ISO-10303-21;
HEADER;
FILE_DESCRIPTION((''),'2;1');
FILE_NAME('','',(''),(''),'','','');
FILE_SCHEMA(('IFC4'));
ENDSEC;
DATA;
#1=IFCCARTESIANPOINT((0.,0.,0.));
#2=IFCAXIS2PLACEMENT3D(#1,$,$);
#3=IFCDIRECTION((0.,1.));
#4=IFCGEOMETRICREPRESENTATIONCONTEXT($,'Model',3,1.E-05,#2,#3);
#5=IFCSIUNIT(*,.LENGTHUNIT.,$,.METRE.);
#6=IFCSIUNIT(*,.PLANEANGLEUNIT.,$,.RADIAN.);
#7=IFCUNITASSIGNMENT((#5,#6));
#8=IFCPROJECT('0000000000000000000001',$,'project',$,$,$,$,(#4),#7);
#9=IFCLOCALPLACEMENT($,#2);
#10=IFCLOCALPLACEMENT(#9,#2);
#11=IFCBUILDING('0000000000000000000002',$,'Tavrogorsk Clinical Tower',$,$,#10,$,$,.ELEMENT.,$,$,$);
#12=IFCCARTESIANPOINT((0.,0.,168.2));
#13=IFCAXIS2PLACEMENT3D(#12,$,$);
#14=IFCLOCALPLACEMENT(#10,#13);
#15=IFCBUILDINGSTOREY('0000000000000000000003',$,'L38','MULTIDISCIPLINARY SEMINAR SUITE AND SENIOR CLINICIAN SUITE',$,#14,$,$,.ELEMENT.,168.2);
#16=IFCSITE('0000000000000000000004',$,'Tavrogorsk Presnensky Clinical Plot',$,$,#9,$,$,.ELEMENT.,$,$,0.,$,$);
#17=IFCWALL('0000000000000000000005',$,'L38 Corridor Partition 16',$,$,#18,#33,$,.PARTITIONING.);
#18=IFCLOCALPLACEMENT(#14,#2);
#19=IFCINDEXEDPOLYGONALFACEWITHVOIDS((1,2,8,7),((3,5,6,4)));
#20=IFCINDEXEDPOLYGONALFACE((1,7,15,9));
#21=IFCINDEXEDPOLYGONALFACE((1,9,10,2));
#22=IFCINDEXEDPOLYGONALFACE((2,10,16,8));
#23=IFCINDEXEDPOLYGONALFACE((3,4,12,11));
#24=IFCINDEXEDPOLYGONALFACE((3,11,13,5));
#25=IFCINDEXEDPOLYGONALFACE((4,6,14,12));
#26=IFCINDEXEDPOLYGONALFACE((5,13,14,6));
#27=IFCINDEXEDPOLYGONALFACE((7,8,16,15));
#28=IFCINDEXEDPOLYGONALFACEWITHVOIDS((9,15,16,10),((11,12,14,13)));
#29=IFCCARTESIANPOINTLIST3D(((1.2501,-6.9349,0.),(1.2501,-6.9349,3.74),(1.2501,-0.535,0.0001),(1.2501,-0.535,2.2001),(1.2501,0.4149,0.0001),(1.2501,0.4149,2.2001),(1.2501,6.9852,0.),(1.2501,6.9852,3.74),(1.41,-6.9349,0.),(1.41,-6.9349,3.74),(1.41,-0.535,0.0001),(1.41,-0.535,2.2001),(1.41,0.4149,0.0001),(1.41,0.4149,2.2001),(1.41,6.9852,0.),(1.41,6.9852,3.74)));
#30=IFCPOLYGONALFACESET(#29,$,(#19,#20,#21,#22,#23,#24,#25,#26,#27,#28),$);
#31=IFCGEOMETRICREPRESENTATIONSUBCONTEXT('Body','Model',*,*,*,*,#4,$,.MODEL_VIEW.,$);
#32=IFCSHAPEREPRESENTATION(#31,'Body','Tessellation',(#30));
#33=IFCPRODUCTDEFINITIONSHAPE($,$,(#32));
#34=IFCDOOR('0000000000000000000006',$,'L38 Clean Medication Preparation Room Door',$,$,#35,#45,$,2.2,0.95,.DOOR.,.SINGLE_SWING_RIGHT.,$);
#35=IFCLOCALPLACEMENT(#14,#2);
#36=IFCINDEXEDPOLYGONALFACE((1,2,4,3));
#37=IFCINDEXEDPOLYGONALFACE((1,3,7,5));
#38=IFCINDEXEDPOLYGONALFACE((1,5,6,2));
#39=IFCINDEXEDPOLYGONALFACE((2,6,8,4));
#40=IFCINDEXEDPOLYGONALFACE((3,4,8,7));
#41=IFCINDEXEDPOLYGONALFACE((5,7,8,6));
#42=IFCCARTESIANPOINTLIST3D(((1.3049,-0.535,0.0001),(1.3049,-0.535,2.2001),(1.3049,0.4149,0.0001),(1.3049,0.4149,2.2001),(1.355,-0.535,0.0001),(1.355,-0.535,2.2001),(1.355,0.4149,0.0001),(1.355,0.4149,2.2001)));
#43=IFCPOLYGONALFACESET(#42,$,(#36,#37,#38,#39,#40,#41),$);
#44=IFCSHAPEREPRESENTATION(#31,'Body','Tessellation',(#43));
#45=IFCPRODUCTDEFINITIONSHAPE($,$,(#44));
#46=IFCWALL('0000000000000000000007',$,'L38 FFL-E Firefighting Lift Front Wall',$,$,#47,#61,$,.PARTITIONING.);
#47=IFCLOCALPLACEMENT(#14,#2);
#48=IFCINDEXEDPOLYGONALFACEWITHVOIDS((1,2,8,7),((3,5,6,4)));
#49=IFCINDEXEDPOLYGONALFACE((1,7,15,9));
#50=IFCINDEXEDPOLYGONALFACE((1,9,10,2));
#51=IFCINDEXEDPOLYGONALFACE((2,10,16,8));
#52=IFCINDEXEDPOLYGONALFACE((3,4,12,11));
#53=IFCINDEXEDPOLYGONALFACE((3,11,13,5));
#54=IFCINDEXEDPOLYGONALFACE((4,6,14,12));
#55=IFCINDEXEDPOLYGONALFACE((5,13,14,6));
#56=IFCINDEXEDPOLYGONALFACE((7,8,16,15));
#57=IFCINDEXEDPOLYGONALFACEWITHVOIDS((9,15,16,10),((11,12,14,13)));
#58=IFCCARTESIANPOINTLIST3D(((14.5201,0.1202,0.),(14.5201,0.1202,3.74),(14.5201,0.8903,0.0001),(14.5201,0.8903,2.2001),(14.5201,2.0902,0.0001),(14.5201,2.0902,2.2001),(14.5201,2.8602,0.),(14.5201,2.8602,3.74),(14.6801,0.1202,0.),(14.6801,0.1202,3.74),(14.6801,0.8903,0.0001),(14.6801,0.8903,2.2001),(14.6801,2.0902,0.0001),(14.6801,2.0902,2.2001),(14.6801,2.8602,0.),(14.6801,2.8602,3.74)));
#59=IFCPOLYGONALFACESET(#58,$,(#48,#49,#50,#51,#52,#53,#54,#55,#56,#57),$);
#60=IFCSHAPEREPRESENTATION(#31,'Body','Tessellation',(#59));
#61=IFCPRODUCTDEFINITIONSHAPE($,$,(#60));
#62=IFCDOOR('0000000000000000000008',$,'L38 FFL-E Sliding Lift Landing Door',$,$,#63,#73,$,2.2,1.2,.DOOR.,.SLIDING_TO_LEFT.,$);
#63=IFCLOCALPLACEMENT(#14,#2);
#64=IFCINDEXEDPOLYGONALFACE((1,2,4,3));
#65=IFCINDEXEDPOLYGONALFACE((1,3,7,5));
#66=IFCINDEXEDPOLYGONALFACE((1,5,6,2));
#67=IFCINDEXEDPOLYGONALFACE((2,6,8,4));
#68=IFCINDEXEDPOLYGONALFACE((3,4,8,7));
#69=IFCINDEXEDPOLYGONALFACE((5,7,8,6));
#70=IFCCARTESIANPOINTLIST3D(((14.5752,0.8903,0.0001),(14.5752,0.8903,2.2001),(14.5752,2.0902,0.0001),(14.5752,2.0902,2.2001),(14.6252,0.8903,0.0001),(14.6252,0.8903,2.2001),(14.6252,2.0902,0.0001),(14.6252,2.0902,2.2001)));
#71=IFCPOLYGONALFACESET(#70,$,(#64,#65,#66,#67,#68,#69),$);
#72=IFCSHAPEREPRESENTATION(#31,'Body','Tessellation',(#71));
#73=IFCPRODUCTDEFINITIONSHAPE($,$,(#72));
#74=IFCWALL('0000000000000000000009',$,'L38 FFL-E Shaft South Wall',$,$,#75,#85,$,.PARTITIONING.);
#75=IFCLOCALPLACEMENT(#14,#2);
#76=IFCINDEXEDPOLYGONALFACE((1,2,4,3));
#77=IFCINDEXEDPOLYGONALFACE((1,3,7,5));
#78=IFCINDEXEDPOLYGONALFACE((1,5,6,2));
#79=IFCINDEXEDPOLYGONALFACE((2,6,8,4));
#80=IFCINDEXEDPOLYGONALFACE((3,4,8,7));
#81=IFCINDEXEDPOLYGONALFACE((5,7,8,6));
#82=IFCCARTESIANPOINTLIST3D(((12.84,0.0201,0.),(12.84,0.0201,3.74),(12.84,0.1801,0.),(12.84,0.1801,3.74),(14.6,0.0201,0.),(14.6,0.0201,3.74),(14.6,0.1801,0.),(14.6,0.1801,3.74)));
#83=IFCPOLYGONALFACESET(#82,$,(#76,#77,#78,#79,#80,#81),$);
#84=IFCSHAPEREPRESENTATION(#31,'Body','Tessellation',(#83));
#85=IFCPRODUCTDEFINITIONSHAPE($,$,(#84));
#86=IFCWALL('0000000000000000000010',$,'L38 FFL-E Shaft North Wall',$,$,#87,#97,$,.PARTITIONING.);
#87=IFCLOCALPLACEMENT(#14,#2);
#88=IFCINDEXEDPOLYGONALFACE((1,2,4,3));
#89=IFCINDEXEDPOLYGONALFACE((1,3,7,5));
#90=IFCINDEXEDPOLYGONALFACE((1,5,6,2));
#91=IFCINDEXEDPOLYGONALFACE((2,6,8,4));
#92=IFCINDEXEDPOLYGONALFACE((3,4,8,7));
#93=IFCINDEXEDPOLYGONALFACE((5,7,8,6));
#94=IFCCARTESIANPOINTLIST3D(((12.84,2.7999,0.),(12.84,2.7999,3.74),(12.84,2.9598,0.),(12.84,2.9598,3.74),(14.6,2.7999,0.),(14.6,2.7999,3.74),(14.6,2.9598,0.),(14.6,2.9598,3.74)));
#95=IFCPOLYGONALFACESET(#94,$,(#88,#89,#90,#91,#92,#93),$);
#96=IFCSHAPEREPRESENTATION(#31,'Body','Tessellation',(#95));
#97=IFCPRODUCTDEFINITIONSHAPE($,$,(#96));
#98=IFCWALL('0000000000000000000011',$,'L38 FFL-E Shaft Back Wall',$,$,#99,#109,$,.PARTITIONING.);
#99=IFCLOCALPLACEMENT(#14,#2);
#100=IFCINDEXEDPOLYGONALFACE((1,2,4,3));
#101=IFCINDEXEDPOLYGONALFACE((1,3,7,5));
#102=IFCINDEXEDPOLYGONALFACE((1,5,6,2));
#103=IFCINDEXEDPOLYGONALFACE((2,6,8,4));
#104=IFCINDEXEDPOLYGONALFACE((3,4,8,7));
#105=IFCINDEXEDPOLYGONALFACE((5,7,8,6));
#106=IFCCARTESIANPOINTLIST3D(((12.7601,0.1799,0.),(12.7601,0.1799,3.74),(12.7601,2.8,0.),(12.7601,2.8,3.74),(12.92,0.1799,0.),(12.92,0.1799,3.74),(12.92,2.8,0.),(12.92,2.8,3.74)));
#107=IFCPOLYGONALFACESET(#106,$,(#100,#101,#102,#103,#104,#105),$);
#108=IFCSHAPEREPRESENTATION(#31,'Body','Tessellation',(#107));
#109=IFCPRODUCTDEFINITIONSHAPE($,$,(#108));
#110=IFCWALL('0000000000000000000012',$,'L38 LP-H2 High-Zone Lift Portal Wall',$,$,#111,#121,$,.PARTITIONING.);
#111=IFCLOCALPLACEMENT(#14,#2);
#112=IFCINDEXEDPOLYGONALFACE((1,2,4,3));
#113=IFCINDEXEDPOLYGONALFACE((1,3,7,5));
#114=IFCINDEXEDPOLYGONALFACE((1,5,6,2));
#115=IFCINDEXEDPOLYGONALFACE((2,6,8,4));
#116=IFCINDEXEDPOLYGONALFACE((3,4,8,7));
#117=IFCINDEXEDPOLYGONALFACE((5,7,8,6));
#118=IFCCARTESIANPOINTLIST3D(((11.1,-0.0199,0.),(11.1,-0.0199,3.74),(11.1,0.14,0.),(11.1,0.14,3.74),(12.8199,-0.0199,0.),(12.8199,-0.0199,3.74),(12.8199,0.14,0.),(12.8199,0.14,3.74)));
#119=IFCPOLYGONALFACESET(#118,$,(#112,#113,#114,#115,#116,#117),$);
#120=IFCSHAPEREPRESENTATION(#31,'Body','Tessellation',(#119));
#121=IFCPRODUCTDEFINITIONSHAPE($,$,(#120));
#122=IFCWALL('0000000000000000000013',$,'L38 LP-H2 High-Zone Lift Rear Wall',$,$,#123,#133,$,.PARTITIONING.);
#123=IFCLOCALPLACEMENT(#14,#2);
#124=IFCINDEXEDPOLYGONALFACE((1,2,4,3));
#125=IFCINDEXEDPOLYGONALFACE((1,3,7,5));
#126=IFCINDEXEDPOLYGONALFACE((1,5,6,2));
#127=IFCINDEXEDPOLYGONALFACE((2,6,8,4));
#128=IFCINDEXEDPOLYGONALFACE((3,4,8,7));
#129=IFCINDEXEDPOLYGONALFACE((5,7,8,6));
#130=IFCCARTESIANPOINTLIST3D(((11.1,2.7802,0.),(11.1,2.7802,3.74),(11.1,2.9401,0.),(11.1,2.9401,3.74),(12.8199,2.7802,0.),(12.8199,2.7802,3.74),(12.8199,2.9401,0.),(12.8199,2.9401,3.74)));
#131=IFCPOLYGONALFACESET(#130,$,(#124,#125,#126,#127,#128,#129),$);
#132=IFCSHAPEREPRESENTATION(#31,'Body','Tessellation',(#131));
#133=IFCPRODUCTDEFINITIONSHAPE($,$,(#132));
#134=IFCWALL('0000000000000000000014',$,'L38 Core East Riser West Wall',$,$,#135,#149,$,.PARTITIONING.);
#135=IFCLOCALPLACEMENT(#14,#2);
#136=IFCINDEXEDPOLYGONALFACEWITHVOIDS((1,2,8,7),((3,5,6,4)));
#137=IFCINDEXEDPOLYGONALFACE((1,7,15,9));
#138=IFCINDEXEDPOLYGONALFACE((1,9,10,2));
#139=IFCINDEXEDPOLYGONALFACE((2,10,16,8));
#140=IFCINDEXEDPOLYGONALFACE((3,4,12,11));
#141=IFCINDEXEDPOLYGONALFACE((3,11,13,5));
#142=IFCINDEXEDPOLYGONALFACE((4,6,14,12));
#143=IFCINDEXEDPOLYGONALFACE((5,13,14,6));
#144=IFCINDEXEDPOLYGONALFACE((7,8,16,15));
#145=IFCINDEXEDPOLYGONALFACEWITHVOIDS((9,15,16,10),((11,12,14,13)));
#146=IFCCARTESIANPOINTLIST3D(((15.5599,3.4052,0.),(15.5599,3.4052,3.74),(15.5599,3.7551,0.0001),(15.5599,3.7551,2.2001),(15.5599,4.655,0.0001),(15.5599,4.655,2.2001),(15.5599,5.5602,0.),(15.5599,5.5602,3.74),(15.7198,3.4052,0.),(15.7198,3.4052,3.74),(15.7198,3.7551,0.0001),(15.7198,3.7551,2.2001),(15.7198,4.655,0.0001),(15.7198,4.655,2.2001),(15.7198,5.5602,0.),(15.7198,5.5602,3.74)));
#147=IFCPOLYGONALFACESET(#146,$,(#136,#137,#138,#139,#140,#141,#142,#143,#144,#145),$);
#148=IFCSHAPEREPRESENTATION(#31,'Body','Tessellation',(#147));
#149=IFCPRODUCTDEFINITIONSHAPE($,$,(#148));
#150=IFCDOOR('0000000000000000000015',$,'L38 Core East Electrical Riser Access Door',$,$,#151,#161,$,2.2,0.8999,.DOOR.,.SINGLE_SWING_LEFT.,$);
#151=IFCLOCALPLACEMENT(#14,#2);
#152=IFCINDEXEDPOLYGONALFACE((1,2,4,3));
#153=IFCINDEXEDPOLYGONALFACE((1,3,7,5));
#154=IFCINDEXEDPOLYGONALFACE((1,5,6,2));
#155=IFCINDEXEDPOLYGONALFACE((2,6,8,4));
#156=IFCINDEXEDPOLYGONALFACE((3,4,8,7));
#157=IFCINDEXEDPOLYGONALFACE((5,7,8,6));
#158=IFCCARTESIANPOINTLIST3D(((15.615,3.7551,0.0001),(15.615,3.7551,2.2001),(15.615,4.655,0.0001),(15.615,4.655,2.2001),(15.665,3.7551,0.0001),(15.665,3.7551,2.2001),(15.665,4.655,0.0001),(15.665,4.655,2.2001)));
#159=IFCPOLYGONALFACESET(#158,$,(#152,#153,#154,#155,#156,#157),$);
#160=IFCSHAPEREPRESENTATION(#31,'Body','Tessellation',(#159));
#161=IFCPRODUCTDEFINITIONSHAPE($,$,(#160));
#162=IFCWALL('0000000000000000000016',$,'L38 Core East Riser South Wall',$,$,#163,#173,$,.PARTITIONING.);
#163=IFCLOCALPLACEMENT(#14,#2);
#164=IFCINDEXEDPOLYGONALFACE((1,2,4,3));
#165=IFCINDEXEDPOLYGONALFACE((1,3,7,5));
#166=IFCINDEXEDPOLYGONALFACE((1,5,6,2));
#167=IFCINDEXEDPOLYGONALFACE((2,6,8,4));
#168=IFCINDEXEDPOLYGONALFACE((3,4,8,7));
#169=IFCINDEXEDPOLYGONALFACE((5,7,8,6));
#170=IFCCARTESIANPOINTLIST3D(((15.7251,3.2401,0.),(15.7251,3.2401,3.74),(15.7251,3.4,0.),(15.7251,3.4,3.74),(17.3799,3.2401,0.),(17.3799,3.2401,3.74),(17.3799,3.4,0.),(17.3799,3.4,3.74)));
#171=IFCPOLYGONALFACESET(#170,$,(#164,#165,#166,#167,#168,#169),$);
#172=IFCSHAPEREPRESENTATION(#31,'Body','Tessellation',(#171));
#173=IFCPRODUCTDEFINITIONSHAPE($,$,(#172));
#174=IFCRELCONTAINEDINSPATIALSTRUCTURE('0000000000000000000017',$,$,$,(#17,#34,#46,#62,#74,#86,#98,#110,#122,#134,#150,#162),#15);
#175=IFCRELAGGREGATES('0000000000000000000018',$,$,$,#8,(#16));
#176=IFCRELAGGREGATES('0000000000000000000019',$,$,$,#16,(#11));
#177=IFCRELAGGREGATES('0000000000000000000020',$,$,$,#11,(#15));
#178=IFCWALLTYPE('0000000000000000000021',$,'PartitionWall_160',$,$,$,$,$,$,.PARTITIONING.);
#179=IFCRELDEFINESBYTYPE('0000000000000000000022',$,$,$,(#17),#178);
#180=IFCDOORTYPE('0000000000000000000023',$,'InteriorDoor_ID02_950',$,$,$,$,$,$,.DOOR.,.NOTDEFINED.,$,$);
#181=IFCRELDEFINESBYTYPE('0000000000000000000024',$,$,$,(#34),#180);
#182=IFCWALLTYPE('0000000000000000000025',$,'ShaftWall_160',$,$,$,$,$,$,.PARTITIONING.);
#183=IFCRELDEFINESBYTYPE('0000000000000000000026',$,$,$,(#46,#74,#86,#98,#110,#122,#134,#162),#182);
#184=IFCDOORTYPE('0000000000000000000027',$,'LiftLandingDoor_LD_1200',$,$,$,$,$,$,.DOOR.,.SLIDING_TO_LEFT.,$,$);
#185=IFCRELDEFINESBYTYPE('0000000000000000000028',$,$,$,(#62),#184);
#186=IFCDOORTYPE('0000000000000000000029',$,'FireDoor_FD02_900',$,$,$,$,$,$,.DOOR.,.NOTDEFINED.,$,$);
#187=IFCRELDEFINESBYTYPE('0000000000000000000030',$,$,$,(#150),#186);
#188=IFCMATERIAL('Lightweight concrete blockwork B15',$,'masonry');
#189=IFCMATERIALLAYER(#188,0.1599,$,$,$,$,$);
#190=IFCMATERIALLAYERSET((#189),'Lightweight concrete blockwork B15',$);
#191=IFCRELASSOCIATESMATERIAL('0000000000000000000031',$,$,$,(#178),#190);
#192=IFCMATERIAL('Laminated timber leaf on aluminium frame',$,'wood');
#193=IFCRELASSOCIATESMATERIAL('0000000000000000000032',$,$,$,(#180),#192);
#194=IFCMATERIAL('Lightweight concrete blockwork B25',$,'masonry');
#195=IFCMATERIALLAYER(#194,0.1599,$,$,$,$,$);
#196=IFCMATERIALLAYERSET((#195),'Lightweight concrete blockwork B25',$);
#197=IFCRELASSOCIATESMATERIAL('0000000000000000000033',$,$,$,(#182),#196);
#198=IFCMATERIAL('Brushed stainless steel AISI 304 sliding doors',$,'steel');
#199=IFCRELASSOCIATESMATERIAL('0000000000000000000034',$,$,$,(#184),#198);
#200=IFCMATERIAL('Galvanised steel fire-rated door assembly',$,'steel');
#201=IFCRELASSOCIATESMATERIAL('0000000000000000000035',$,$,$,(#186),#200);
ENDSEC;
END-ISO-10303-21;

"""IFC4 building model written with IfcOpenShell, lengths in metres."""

from ifc_helpers import new_model, si_unit, direction, frame, frame_2d, origin, place, context, subcontext, project, spatial, rectangle, extrude, material, layer, layer_set, type_object, element, fill, save


model = new_model("IFC4")

# Units and contexts
model_context = context("Model", 3, precision=1e-05, world=origin(), true_north=direction((0.0, 1.0)))
body_context = subcontext(model_context, "Body", "Model", "MODEL_VIEW")
ifc_project = project(units=[si_unit("LENGTHUNIT", "METRE"), si_unit("PLANEANGLEUNIT", "RADIAN")], contexts=[model_context])

# Site, building, storey
site_placement = place(None, origin())
site = spatial("IfcSite", under=ifc_project, at=site_placement, Name="Tavrogorsk Presnensky Clinical Plot", CompositionType="ELEMENT", RefElevation=0.0)
building_placement = place(site_placement, origin())
building = spatial("IfcBuilding", under=site, at=building_placement, Name="Tavrogorsk Clinical Tower", CompositionType="ELEMENT")
storey_placement = place(building_placement, frame((0.0, 0.0, 168.2)))
storey = spatial("IfcBuildingStorey", under=building, at=storey_placement, Name="L38", Description="MULTIDISCIPLINARY SEMINAR SUITE AND SENIOR CLINICIAN SUITE", CompositionType="ELEMENT", Elevation=168.2)

# Shared definitions
ifc_material_1 = material(Name="Lightweight concrete blockwork B15", Category="masonry")
ifc_layer_1 = layer(ifc_material_1, 0.1599)
ifc_layer_set_1 = layer_set([ifc_layer_1], Name="Lightweight concrete blockwork B15")
wall_type_1 = type_object("IfcWallType", Name="PartitionWall_160", PredefinedType="PARTITIONING", material=ifc_layer_set_1)
ifc_material_2 = material(Name="Laminated timber leaf on aluminium frame", Category="wood")
door_type_1 = type_object("IfcDoorType", Name="InteriorDoor_ID02_950", OperationType="NOTDEFINED", PredefinedType="DOOR", material=ifc_material_2)

# Walls, openings, doors
wall_1_placement = place(storey_placement, frame((1.3301, 6.9851, 0.0), z_axis=(0.0, 0.0, 1.0), x_axis=(0.0, -1.0, 0.0)))
wall_1 = element("IfcWall", 1, at=wall_1_placement, inside=storey, type_object=wall_type_1, Name="L38 Corridor Partition 16", PredefinedType="PARTITIONING", context=body_context, shape_type="SweptSolid", body=[
    extrude(rectangle(XDim=13.9202, YDim=0.1599, at=frame_2d((6.96, 0.0))), origin(), (0.0, 0.0, 1.0), 3.74),
])
opening_1_placement = place(wall_1_placement, frame((6.5701, 0.0, 0.0)))
opening_1 = element("IfcOpeningElement", 2, at=opening_1_placement, cuts=wall_1, PredefinedType="OPENING", context=body_context, shape_type="SweptSolid", body=[
    extrude(rectangle(XDim=0.95, YDim=2.2, at=frame_2d((0.4751, 1.1001))), frame((0.0, 0.0898, 0.0), z_axis=(0.0, -1.0, 0.0), x_axis=(1.0, 0.0, 0.0)), (0.0, 0.0, 1.0), 0.1799),
])
door_1_placement = place(opening_1_placement, origin())
door_1 = element("IfcDoor", 3, at=door_1_placement, inside=storey, type_object=door_type_1, Name="L38 Clean Medication Preparation Room Door", OperationType="SINGLE_SWING_RIGHT", OverallHeight=2.2, OverallWidth=0.95, PredefinedType="DOOR", context=body_context, shape_type="SweptSolid", body=[
    extrude(rectangle(XDim=0.95, YDim=2.2, at=frame_2d((0.4751, 1.1001))), frame((0.0, 0.0249, 0.0), z_axis=(0.0, -1.0, 0.0), x_axis=(1.0, 0.0, 0.0)), (0.0, 0.0, 1.0), 0.05),
])
fill(opening_1, door_1)
ifc_material_3 = material(Name="Lightweight concrete blockwork B25", Category="masonry")
ifc_layer_2 = layer(ifc_material_3, 0.1599)
ifc_layer_set_2 = layer_set([ifc_layer_2], Name="Lightweight concrete blockwork B25")
wall_type_2 = type_object("IfcWallType", Name="ShaftWall_160", PredefinedType="PARTITIONING", material=ifc_layer_set_2)
wall_2_placement = place(storey_placement, frame((14.6001, 0.1201, 0.0), z_axis=(0.0, 0.0, 1.0), x_axis=(0.0, 1.0, 0.0)))
wall_2 = element("IfcWall", 4, at=wall_2_placement, inside=storey, type_object=wall_type_2, Name="L38 FFL-E Firefighting Lift Front Wall", PredefinedType="PARTITIONING", context=body_context, shape_type="SweptSolid", body=[
    extrude(rectangle(XDim=2.74, YDim=0.1599, at=frame_2d((1.3701, 0.0))), origin(), (0.0, 0.0, 1.0), 3.74),
])
opening_2_placement = place(wall_2_placement, frame((0.77, 0.0, 0.0)))
opening_2 = element("IfcOpeningElement", 5, at=opening_2_placement, cuts=wall_2, PredefinedType="OPENING", context=body_context, shape_type="SweptSolid", body=[
    extrude(rectangle(XDim=1.2, YDim=2.2, at=frame_2d((0.6001, 1.1001))), frame((0.0, 0.0898, 0.0), z_axis=(0.0, -1.0, 0.0), x_axis=(1.0, 0.0, 0.0)), (0.0, 0.0, 1.0), 0.1799),
])
ifc_material_4 = material(Name="Brushed stainless steel AISI 304 sliding doors", Category="steel")
door_type_2 = type_object("IfcDoorType", Name="LiftLandingDoor_LD_1200", OperationType="SLIDING_TO_LEFT", PredefinedType="DOOR", material=ifc_material_4)
door_2_placement = place(opening_2_placement, origin())
door_2 = element("IfcDoor", 6, at=door_2_placement, inside=storey, type_object=door_type_2, Name="L38 FFL-E Sliding Lift Landing Door", OperationType="SLIDING_TO_LEFT", OverallHeight=2.2, OverallWidth=1.2, PredefinedType="DOOR", context=body_context, shape_type="SweptSolid", body=[
    extrude(rectangle(XDim=1.2, YDim=2.2, at=frame_2d((0.6001, 1.1001))), frame((0.0, 0.0249, 0.0), z_axis=(0.0, -1.0, 0.0), x_axis=(1.0, 0.0, 0.0)), (0.0, 0.0, 1.0), 0.05),
])
fill(opening_2, door_2)

# Walls
for number, where, z_axis, x_axis, name in (
    (7, (12.8401, 0.1001, 0.0), (0.0, 0.0, 1.0), (1.0, 0.0, 0.0), "L38 FFL-E Shaft South Wall"),
    (8, (12.8401, 2.8799, 0.0), (0.0, 0.0, 1.0), (1.0, 0.0, 0.0), "L38 FFL-E Shaft North Wall"),
):
    element("IfcWall", number, at=place(storey_placement, frame(where, z_axis=z_axis, x_axis=x_axis)), inside=storey, type_object=wall_type_2, Name=name, PredefinedType="PARTITIONING", context=body_context, shape_type="SweptSolid", body=[
        extrude(rectangle(XDim=1.76, YDim=0.1599, at=frame_2d((0.8799, 0.0))), origin(), (0.0, 0.0, 1.0), 3.74),
    ])
wall_3_placement = place(storey_placement, frame((12.8401, 0.1799, 0.0), z_axis=(0.0, 0.0, 1.0), x_axis=(0.0, 1.0, 0.0)))
element("IfcWall", 9, at=wall_3_placement, inside=storey, type_object=wall_type_2, Name="L38 FFL-E Shaft Back Wall", PredefinedType="PARTITIONING", context=body_context, shape_type="SweptSolid", body=[
    extrude(rectangle(XDim=2.6201, YDim=0.1599, at=frame_2d((1.3101, 0.0))), origin(), (0.0, 0.0, 1.0), 3.74),
])
for number, where, z_axis, x_axis, name in (
    (10, (11.1001, 0.0601, 0.0), (0.0, 0.0, 1.0), (1.0, 0.0, 0.0), "L38 LP-H2 High-Zone Lift Portal Wall"),
    (11, (11.1001, 2.8601, 0.0), (0.0, 0.0, 1.0), (1.0, 0.0, 0.0), "L38 LP-H2 High-Zone Lift Rear Wall"),
):
    element("IfcWall", number, at=place(storey_placement, frame(where, z_axis=z_axis, x_axis=x_axis)), inside=storey, type_object=wall_type_2, Name=name, PredefinedType="PARTITIONING", context=body_context, shape_type="SweptSolid", body=[
        extrude(rectangle(XDim=1.72, YDim=0.1599, at=frame_2d((0.8599, 0.0))), origin(), (0.0, 0.0, 1.0), 3.74),
    ])

# Wall, opening, door
wall_4_placement = place(storey_placement, frame((15.6399, 3.405, 0.0), z_axis=(0.0, 0.0, 1.0), x_axis=(0.0, 1.0, 0.0)))
wall_4 = element("IfcWall", 12, at=wall_4_placement, inside=storey, type_object=wall_type_2, Name="L38 Core East Riser West Wall", PredefinedType="PARTITIONING", context=body_context, shape_type="SweptSolid", body=[
    extrude(rectangle(XDim=2.155, YDim=0.1599, at=frame_2d((1.0776, 0.0))), origin(), (0.0, 0.0, 1.0), 3.74),
])
opening_3_placement = place(wall_4_placement, frame((0.3501, 0.0, 0.0)))
opening_3 = element("IfcOpeningElement", 13, at=opening_3_placement, cuts=wall_4, PredefinedType="OPENING", context=body_context, shape_type="SweptSolid", body=[
    extrude(rectangle(XDim=0.8999, YDim=2.2, at=frame_2d((0.45, 1.1001))), frame((0.0, 0.0898, 0.0), z_axis=(0.0, -1.0, 0.0), x_axis=(1.0, 0.0, 0.0)), (0.0, 0.0, 1.0), 0.1799),
])
ifc_material_5 = material(Name="Galvanised steel fire-rated door assembly", Category="steel")
door_type_3 = type_object("IfcDoorType", Name="FireDoor_FD02_900", OperationType="NOTDEFINED", PredefinedType="DOOR", material=ifc_material_5)
door_3_placement = place(opening_3_placement, origin())
door_3 = element("IfcDoor", 14, at=door_3_placement, inside=storey, type_object=door_type_3, Name="L38 Core East Electrical Riser Access Door", OperationType="SINGLE_SWING_LEFT", OverallHeight=2.2, OverallWidth=0.8999, PredefinedType="DOOR", context=body_context, shape_type="SweptSolid", body=[
    extrude(rectangle(XDim=0.8999, YDim=2.2, at=frame_2d((0.45, 1.1001))), frame((0.0, 0.0249, 0.0), z_axis=(0.0, -1.0, 0.0), x_axis=(1.0, 0.0, 0.0)), (0.0, 0.0, 1.0), 0.05),
])
fill(opening_3, door_3)

# Wall
wall_5_placement = place(storey_placement, frame((15.7251, 3.3201, 0.0), z_axis=(0.0, 0.0, 1.0), x_axis=(1.0, 0.0, 0.0)))
element("IfcWall", 15, at=wall_5_placement, inside=storey, type_object=wall_type_2, Name="L38 Core East Riser South Wall", PredefinedType="PARTITIONING", context=body_context, shape_type="SweptSolid", body=[
    extrude(rectangle(XDim=1.6548, YDim=0.1599, at=frame_2d((0.8274, 0.0))), origin(), (0.0, 0.0, 1.0), 3.74),
])

save(model, "model.ifc")
